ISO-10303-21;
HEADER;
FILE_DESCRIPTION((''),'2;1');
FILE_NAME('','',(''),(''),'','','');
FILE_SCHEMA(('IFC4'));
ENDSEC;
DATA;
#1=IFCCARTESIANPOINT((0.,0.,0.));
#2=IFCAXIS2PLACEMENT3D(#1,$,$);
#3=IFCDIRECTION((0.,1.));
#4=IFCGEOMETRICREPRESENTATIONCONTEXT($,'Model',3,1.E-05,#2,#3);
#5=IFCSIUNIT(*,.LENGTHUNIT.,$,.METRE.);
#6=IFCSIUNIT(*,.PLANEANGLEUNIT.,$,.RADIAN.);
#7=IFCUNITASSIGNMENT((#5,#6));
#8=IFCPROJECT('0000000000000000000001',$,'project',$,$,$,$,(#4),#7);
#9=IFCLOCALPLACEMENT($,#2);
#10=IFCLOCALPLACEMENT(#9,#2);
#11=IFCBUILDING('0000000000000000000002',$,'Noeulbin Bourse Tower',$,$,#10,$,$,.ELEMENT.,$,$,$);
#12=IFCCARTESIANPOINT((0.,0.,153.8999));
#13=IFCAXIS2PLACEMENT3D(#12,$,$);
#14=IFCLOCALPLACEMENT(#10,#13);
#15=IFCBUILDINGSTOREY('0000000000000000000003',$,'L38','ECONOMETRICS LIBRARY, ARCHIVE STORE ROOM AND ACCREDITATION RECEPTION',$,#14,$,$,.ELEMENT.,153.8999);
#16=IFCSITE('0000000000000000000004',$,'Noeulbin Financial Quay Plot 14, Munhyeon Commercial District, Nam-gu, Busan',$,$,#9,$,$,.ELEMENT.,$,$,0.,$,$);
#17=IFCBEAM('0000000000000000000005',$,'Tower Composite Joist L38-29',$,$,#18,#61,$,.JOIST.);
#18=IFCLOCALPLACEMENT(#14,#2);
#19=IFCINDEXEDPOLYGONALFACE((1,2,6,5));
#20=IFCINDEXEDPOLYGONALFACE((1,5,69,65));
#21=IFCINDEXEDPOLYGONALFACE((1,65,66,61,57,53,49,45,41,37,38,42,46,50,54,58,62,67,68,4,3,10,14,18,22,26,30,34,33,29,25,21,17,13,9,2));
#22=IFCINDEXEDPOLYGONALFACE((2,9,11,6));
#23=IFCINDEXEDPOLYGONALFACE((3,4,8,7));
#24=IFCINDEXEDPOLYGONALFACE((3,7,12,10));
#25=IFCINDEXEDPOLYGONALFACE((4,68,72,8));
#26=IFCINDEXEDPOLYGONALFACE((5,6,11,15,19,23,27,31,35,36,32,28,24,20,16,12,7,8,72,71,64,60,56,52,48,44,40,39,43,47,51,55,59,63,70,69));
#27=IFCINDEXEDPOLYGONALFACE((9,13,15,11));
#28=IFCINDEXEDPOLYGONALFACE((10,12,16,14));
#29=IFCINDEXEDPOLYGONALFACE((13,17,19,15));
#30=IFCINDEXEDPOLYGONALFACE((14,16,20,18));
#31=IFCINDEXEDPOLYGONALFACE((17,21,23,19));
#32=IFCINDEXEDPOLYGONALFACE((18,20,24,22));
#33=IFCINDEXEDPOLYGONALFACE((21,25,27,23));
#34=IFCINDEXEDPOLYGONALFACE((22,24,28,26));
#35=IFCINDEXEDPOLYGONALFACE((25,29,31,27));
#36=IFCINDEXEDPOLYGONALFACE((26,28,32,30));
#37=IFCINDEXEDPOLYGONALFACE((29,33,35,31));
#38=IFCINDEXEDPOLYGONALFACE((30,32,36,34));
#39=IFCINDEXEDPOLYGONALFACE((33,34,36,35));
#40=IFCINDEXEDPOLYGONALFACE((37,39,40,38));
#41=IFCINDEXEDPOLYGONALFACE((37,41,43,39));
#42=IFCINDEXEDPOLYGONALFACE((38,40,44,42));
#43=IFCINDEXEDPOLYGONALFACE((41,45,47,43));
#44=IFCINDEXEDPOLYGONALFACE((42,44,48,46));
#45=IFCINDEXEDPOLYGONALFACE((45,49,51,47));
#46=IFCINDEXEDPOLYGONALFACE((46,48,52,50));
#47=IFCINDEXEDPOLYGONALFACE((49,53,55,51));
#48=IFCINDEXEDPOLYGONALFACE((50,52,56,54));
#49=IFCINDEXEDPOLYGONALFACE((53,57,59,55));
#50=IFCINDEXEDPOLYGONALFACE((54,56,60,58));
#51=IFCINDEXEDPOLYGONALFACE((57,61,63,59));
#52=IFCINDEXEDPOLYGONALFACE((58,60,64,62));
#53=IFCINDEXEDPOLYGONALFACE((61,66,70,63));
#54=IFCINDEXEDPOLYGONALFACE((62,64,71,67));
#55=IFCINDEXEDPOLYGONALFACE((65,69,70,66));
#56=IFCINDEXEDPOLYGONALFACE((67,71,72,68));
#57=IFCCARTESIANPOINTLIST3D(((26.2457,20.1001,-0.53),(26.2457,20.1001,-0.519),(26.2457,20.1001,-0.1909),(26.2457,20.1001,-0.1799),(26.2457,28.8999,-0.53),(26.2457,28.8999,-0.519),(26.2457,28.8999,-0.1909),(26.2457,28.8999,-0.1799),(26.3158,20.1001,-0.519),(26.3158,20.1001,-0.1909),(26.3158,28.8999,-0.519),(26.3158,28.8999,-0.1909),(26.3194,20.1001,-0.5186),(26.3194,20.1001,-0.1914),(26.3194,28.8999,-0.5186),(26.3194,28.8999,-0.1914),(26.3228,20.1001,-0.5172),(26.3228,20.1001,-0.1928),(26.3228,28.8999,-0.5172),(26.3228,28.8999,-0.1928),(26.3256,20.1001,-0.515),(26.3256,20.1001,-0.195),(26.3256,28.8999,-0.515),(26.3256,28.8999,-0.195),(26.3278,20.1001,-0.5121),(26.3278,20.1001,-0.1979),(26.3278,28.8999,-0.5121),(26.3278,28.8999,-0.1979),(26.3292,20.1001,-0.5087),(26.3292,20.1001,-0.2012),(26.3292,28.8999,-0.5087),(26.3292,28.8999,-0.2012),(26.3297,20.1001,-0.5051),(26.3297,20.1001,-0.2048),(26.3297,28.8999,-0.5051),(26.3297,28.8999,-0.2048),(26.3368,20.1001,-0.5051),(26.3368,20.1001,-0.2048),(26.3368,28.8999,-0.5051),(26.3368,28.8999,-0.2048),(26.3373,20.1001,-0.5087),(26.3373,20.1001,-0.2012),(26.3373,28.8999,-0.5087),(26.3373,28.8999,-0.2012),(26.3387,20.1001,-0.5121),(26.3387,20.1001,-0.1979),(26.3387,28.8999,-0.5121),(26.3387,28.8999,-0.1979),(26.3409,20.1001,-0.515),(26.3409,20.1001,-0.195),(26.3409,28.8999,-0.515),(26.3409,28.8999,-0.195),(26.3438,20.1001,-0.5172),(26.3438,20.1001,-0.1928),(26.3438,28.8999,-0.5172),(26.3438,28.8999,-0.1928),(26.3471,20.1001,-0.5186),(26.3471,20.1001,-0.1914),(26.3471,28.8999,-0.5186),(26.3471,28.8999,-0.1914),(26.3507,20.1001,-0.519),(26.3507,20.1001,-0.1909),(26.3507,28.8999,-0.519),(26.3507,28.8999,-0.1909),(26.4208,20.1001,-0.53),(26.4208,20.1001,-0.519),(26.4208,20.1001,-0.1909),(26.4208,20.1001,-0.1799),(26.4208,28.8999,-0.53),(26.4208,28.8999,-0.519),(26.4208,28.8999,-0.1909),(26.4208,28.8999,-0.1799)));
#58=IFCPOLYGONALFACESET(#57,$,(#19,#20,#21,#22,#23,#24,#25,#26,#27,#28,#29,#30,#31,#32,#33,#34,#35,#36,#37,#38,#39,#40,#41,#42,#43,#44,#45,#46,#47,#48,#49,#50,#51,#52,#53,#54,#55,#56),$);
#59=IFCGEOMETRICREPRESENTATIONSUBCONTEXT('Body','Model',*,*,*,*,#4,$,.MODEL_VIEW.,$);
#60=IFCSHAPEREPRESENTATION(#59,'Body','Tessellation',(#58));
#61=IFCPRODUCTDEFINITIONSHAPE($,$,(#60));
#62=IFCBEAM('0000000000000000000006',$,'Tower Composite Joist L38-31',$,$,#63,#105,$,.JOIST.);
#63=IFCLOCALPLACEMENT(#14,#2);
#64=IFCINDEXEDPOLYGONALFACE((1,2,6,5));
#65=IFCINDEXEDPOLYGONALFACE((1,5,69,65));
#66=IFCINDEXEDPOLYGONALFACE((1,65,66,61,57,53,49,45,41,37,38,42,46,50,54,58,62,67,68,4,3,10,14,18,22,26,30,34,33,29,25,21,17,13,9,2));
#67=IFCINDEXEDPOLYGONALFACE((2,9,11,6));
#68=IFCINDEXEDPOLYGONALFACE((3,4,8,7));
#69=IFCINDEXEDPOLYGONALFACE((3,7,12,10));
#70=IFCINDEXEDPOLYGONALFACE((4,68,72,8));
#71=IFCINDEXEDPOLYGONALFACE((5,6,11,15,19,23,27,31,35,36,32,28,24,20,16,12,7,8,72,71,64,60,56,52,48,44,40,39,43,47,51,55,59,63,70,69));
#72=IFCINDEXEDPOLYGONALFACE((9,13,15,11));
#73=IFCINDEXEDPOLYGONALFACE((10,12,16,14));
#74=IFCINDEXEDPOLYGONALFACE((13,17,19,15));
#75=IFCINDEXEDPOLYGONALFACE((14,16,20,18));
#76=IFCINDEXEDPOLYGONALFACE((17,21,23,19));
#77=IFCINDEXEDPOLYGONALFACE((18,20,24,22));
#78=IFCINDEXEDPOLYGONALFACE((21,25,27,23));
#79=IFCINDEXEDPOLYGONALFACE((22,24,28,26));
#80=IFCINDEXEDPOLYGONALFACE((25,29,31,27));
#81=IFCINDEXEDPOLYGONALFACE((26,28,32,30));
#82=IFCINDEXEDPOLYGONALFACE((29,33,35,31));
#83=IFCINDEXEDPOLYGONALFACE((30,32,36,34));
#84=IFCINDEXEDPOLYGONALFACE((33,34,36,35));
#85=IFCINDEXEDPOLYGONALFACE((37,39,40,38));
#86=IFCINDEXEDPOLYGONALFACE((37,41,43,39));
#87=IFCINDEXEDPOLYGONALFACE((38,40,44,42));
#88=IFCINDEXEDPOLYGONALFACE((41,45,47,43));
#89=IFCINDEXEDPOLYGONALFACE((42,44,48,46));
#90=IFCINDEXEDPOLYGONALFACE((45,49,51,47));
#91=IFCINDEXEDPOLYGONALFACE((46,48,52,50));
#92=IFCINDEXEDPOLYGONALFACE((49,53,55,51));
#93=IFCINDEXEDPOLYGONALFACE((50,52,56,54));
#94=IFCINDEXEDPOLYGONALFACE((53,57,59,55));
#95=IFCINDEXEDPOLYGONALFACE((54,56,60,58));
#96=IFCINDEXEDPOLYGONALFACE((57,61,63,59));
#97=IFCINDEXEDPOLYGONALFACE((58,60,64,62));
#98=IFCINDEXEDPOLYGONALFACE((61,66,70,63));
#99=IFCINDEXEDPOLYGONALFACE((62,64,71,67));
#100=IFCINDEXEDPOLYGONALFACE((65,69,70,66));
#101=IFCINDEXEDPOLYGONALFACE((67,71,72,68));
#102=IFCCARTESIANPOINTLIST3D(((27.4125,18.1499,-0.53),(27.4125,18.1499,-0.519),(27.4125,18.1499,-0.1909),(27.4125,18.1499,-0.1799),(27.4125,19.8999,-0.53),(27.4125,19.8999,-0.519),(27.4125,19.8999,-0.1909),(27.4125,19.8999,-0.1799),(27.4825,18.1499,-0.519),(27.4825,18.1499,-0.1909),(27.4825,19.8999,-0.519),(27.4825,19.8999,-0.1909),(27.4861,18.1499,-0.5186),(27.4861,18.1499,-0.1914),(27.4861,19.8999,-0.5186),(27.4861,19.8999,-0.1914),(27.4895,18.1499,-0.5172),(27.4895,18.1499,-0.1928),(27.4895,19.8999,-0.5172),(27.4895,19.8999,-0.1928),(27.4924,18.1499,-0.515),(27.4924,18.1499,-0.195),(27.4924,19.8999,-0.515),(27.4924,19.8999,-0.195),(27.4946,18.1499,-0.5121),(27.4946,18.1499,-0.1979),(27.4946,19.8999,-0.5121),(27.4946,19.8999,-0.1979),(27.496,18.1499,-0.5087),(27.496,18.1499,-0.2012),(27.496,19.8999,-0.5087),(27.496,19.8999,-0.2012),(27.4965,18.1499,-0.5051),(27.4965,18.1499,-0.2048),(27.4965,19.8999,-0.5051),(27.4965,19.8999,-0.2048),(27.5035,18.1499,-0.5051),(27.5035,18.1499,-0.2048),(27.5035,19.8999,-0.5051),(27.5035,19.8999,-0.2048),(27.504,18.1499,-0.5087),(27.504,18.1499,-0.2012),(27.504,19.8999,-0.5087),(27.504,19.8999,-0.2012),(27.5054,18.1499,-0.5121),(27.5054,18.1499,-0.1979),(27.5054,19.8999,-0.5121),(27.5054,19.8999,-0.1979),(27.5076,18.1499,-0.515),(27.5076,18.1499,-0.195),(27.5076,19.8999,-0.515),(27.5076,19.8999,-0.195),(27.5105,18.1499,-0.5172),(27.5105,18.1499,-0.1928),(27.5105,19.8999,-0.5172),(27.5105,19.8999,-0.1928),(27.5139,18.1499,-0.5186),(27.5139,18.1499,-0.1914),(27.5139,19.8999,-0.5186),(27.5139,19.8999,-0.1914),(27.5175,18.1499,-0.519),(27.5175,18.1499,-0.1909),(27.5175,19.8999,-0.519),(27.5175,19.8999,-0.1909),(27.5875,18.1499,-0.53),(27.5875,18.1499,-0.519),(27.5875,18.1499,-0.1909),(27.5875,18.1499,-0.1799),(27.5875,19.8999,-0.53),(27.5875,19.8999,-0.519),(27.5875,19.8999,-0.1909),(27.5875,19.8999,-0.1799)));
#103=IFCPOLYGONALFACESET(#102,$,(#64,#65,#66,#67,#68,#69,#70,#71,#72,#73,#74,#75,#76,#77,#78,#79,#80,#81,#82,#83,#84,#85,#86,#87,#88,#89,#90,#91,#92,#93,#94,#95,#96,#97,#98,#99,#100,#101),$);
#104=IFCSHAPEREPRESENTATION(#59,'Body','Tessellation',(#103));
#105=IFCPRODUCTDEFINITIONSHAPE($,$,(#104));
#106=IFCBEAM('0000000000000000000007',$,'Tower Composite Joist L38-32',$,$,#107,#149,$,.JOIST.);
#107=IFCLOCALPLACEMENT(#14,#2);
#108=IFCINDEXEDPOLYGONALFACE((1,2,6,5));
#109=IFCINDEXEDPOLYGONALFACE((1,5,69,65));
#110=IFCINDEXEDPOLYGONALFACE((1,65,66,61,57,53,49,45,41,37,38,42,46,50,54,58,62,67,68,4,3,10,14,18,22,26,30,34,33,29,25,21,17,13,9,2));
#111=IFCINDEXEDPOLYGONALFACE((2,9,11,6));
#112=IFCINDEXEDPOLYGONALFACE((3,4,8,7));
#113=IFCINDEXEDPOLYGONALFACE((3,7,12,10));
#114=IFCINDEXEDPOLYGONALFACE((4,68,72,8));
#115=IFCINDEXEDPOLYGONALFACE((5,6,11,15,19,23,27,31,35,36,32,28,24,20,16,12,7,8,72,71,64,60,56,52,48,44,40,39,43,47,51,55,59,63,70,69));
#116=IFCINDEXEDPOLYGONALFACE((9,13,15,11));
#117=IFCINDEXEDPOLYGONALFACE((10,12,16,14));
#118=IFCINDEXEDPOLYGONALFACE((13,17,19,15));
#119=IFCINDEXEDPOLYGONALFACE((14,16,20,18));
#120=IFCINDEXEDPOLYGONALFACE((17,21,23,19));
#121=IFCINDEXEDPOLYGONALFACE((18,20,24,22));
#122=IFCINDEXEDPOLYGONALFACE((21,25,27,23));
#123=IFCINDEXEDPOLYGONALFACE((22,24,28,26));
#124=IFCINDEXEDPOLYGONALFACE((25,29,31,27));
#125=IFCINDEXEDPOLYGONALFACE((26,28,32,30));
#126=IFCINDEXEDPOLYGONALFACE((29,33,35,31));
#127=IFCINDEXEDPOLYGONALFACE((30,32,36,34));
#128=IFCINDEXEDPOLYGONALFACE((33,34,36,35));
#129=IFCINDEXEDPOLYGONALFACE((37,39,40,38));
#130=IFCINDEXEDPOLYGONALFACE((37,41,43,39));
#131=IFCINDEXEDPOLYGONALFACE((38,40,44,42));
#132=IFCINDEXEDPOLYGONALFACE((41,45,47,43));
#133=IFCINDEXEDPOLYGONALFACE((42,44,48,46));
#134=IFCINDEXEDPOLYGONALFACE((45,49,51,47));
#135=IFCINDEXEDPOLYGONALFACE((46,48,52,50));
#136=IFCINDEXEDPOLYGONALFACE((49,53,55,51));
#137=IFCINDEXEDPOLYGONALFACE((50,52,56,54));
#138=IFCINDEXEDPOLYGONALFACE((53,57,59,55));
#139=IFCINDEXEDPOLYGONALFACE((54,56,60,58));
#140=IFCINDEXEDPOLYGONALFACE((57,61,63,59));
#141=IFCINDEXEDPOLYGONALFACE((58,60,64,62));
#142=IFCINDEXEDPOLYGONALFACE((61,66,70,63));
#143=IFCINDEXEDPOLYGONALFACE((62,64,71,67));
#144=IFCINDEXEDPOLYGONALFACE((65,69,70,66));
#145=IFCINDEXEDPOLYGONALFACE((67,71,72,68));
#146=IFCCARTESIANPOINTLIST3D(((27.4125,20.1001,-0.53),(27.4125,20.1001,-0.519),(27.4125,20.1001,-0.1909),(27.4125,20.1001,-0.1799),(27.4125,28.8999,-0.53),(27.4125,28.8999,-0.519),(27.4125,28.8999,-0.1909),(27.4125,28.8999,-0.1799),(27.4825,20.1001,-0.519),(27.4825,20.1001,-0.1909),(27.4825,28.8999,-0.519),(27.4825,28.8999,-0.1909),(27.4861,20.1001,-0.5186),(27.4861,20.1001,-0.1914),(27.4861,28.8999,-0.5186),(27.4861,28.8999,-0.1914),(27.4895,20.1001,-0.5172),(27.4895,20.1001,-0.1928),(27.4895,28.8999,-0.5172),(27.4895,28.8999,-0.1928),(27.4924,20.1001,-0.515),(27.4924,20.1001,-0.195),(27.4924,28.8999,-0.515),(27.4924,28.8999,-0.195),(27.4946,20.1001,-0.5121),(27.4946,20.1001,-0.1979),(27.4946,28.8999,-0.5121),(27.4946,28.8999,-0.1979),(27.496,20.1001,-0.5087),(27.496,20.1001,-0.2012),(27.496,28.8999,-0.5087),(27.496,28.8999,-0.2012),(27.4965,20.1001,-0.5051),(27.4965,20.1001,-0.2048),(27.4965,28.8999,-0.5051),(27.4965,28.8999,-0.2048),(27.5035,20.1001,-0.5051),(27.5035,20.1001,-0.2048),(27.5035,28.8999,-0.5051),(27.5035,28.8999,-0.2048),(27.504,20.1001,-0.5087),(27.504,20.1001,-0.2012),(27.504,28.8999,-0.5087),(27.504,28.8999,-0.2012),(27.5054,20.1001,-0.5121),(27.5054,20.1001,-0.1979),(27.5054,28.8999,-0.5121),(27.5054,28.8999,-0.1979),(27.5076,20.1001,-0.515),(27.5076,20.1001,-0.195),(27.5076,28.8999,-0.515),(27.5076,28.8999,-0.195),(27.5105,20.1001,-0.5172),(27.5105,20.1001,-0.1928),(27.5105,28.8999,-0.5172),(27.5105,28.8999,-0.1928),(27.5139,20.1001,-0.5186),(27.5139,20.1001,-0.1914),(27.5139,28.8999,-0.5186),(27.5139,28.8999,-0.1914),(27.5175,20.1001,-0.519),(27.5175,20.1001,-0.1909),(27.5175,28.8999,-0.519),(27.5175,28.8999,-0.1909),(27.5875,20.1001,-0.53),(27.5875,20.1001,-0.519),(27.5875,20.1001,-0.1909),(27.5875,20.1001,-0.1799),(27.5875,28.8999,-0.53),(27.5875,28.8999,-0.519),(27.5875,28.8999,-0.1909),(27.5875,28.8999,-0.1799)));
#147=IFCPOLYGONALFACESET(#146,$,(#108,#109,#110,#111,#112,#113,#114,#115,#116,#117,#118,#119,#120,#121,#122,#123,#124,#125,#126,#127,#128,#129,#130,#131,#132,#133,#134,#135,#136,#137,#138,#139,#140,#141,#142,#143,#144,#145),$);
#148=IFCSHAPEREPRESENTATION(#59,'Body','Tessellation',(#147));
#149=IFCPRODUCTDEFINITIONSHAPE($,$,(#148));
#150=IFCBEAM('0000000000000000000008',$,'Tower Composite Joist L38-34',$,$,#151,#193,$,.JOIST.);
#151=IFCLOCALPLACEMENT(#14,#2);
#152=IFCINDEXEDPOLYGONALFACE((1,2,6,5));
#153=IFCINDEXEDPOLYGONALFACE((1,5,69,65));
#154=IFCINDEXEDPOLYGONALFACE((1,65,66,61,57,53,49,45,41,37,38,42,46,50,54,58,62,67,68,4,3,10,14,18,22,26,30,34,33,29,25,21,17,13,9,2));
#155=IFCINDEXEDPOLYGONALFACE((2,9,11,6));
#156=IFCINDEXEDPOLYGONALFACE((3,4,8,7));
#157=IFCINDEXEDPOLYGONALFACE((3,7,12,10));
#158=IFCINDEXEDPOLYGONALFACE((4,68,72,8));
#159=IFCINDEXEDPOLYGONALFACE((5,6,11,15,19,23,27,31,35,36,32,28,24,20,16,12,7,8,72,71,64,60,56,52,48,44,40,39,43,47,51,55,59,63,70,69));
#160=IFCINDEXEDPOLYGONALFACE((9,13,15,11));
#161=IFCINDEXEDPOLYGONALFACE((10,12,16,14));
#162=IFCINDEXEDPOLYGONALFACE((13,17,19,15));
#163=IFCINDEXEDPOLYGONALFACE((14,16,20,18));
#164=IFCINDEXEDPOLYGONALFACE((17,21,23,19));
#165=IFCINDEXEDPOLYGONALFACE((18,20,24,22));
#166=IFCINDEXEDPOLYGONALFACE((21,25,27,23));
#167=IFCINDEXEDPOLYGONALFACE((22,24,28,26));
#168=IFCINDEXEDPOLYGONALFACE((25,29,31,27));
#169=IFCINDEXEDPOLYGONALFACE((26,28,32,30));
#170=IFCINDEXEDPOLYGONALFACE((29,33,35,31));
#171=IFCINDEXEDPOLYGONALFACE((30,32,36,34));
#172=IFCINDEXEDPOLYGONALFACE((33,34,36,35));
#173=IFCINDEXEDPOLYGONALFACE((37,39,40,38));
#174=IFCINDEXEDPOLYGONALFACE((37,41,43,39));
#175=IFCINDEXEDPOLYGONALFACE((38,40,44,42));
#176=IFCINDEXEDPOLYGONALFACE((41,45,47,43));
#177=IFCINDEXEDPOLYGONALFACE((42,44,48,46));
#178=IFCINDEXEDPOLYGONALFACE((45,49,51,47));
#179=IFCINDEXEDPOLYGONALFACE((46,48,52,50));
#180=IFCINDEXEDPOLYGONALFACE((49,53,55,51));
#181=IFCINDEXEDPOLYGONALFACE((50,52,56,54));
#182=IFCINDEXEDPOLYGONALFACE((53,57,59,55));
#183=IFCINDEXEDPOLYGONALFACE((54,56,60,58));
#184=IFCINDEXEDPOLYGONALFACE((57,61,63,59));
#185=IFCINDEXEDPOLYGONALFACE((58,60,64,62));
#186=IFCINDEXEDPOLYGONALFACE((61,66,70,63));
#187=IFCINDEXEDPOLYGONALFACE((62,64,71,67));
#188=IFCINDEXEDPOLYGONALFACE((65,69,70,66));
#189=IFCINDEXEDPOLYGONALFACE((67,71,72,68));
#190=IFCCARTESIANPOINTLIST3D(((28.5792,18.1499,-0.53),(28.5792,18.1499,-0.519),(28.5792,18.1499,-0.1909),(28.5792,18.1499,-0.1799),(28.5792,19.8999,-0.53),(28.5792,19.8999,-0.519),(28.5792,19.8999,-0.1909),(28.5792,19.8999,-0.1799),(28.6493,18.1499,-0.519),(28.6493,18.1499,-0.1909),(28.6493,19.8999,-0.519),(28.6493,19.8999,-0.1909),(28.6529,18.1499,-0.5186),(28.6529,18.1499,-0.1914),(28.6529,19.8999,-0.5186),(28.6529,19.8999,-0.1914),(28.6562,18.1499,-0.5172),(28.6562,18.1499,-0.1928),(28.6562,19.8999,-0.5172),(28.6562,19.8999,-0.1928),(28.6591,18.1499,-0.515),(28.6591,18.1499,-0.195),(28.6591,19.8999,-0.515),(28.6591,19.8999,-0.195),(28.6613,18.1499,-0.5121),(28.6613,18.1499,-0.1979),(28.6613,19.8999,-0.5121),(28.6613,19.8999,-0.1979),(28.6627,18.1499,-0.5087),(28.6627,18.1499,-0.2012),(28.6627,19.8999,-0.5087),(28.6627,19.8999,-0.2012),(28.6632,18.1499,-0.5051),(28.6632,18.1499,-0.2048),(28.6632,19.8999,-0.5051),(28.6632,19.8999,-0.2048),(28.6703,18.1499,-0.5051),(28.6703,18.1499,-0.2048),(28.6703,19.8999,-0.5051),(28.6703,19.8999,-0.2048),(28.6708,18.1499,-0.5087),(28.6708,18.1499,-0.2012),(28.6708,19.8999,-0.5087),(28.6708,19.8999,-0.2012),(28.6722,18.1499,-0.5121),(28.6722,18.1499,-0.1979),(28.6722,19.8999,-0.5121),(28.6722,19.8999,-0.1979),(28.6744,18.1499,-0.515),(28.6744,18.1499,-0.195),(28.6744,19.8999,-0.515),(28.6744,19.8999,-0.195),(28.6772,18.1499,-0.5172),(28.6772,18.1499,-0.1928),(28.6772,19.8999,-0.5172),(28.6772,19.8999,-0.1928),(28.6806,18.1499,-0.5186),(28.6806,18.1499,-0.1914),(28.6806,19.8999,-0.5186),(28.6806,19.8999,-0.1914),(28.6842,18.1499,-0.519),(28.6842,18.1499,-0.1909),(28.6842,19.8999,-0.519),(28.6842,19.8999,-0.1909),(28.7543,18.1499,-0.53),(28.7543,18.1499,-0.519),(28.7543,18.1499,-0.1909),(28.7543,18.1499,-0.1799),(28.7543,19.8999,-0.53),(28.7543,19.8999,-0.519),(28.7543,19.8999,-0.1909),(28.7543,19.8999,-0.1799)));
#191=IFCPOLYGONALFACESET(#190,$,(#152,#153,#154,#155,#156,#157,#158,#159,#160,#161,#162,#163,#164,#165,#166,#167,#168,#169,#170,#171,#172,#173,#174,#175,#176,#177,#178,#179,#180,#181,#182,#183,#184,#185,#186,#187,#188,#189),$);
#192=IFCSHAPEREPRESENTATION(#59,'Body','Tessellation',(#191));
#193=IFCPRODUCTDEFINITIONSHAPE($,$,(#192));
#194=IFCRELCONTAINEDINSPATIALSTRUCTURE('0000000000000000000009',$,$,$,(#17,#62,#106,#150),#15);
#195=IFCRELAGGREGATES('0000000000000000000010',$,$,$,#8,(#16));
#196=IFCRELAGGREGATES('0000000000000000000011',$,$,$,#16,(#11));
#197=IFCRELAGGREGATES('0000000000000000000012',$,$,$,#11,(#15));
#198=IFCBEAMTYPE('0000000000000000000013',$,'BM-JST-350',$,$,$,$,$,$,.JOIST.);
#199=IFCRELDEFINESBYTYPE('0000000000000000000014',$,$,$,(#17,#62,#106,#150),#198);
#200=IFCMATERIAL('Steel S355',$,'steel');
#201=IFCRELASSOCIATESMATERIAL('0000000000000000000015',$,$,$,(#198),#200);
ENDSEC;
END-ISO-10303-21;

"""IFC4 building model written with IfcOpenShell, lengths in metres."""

from ifc_helpers import new_model, si_unit, direction, frame, origin, origin_2d, place, context, subcontext, project, spatial, i_section, extrude, material, material_profile, profile_set, type_object, element, save


model = new_model("IFC4")

# Units and contexts
model_context = context("Model", 3, precision=1e-05, world=origin(), true_north=direction((0.0, 1.0)))
body_context = subcontext(model_context, "Body", "Model", "MODEL_VIEW")
ifc_project = project(units=[si_unit("LENGTHUNIT", "METRE"), si_unit("PLANEANGLEUNIT", "RADIAN")], contexts=[model_context])

# Site, building, storey
site_placement = place(None, origin())
site = spatial("IfcSite", under=ifc_project, at=site_placement, Name="Noeulbin Financial Quay Plot 14, Munhyeon Commercial District, Nam-gu, Busan", CompositionType="ELEMENT", RefElevation=0.0)
building_placement = place(site_placement, origin())
building = spatial("IfcBuilding", under=site, at=building_placement, Name="Noeulbin Bourse Tower", CompositionType="ELEMENT")
storey_placement = place(building_placement, frame((0.0, 0.0, 153.8999)))
storey = spatial("IfcBuildingStorey", under=building, at=storey_placement, Name="L38", Description="ECONOMETRICS LIBRARY, ARCHIVE STORE ROOM AND ACCREDITATION RECEPTION", CompositionType="ELEMENT", Elevation=153.8999)

# Beams
ifc_material_1 = material(Name="Steel S355", Category="steel")
ifc_material_profile_1 = material_profile(ifc_material_1, i_section(OverallWidth=0.175, OverallDepth=0.3501, WebThickness=0.0071, FlangeThickness=0.011, FilletRadius=0.0139, at=origin_2d()), Name="H-350x175x7x11", Category="LoadBearing")
ifc_profile_set_1 = profile_set([ifc_material_profile_1], Name="Steel S355")
beam_type_1 = type_object("IfcBeamType", Name="BM-JST-350", PredefinedType="JOIST", material=ifc_profile_set_1)
beam_1_placement = place(storey_placement, frame((26.3333, 20.1001, -0.355), z_axis=(0.0, 1.0, 0.0), x_axis=(-1.0, 0.0, 0.0)))
element("IfcBeam", 1, at=beam_1_placement, inside=storey, type_object=beam_type_1, Name="Tower Composite Joist L38-29", PredefinedType="JOIST", context=body_context, shape_type="SweptSolid", body=[
    extrude(i_section(OverallWidth=0.175, OverallDepth=0.3501, WebThickness=0.0071, FlangeThickness=0.011, FilletRadius=0.0139, at=origin_2d()), origin(), (0.0, 0.0, 1.0), 8.7998),
])
beam_2_placement = place(storey_placement, frame((27.5, 18.1499, -0.355), z_axis=(0.0, 1.0, 0.0), x_axis=(-1.0, 0.0, 0.0)))
element("IfcBeam", 2, at=beam_2_placement, inside=storey, type_object=beam_type_1, Name="Tower Composite Joist L38-31", PredefinedType="JOIST", context=body_context, shape_type="SweptSolid", body=[
    extrude(i_section(OverallWidth=0.175, OverallDepth=0.3501, WebThickness=0.0071, FlangeThickness=0.011, FilletRadius=0.0139, at=origin_2d()), origin(), (0.0, 0.0, 1.0), 1.75),
])
beam_3_placement = place(storey_placement, frame((27.5, 20.1001, -0.355), z_axis=(0.0, 1.0, 0.0), x_axis=(-1.0, 0.0, 0.0)))
element("IfcBeam", 3, at=beam_3_placement, inside=storey, type_object=beam_type_1, Name="Tower Composite Joist L38-32", PredefinedType="JOIST", context=body_context, shape_type="SweptSolid", body=[
    extrude(i_section(OverallWidth=0.175, OverallDepth=0.3501, WebThickness=0.0071, FlangeThickness=0.011, FilletRadius=0.0139, at=origin_2d()), origin(), (0.0, 0.0, 1.0), 8.7998),
])
beam_4_placement = place(storey_placement, frame((28.6667, 18.1499, -0.355), z_axis=(0.0, 1.0, 0.0), x_axis=(-1.0, 0.0, 0.0)))
element("IfcBeam", 4, at=beam_4_placement, inside=storey, type_object=beam_type_1, Name="Tower Composite Joist L38-34", PredefinedType="JOIST", context=body_context, shape_type="SweptSolid", body=[
    extrude(i_section(OverallWidth=0.175, OverallDepth=0.3501, WebThickness=0.0071, FlangeThickness=0.011, FilletRadius=0.0139, at=origin_2d()), origin(), (0.0, 0.0, 1.0), 1.75),
])

save(model, "model.ifc")
